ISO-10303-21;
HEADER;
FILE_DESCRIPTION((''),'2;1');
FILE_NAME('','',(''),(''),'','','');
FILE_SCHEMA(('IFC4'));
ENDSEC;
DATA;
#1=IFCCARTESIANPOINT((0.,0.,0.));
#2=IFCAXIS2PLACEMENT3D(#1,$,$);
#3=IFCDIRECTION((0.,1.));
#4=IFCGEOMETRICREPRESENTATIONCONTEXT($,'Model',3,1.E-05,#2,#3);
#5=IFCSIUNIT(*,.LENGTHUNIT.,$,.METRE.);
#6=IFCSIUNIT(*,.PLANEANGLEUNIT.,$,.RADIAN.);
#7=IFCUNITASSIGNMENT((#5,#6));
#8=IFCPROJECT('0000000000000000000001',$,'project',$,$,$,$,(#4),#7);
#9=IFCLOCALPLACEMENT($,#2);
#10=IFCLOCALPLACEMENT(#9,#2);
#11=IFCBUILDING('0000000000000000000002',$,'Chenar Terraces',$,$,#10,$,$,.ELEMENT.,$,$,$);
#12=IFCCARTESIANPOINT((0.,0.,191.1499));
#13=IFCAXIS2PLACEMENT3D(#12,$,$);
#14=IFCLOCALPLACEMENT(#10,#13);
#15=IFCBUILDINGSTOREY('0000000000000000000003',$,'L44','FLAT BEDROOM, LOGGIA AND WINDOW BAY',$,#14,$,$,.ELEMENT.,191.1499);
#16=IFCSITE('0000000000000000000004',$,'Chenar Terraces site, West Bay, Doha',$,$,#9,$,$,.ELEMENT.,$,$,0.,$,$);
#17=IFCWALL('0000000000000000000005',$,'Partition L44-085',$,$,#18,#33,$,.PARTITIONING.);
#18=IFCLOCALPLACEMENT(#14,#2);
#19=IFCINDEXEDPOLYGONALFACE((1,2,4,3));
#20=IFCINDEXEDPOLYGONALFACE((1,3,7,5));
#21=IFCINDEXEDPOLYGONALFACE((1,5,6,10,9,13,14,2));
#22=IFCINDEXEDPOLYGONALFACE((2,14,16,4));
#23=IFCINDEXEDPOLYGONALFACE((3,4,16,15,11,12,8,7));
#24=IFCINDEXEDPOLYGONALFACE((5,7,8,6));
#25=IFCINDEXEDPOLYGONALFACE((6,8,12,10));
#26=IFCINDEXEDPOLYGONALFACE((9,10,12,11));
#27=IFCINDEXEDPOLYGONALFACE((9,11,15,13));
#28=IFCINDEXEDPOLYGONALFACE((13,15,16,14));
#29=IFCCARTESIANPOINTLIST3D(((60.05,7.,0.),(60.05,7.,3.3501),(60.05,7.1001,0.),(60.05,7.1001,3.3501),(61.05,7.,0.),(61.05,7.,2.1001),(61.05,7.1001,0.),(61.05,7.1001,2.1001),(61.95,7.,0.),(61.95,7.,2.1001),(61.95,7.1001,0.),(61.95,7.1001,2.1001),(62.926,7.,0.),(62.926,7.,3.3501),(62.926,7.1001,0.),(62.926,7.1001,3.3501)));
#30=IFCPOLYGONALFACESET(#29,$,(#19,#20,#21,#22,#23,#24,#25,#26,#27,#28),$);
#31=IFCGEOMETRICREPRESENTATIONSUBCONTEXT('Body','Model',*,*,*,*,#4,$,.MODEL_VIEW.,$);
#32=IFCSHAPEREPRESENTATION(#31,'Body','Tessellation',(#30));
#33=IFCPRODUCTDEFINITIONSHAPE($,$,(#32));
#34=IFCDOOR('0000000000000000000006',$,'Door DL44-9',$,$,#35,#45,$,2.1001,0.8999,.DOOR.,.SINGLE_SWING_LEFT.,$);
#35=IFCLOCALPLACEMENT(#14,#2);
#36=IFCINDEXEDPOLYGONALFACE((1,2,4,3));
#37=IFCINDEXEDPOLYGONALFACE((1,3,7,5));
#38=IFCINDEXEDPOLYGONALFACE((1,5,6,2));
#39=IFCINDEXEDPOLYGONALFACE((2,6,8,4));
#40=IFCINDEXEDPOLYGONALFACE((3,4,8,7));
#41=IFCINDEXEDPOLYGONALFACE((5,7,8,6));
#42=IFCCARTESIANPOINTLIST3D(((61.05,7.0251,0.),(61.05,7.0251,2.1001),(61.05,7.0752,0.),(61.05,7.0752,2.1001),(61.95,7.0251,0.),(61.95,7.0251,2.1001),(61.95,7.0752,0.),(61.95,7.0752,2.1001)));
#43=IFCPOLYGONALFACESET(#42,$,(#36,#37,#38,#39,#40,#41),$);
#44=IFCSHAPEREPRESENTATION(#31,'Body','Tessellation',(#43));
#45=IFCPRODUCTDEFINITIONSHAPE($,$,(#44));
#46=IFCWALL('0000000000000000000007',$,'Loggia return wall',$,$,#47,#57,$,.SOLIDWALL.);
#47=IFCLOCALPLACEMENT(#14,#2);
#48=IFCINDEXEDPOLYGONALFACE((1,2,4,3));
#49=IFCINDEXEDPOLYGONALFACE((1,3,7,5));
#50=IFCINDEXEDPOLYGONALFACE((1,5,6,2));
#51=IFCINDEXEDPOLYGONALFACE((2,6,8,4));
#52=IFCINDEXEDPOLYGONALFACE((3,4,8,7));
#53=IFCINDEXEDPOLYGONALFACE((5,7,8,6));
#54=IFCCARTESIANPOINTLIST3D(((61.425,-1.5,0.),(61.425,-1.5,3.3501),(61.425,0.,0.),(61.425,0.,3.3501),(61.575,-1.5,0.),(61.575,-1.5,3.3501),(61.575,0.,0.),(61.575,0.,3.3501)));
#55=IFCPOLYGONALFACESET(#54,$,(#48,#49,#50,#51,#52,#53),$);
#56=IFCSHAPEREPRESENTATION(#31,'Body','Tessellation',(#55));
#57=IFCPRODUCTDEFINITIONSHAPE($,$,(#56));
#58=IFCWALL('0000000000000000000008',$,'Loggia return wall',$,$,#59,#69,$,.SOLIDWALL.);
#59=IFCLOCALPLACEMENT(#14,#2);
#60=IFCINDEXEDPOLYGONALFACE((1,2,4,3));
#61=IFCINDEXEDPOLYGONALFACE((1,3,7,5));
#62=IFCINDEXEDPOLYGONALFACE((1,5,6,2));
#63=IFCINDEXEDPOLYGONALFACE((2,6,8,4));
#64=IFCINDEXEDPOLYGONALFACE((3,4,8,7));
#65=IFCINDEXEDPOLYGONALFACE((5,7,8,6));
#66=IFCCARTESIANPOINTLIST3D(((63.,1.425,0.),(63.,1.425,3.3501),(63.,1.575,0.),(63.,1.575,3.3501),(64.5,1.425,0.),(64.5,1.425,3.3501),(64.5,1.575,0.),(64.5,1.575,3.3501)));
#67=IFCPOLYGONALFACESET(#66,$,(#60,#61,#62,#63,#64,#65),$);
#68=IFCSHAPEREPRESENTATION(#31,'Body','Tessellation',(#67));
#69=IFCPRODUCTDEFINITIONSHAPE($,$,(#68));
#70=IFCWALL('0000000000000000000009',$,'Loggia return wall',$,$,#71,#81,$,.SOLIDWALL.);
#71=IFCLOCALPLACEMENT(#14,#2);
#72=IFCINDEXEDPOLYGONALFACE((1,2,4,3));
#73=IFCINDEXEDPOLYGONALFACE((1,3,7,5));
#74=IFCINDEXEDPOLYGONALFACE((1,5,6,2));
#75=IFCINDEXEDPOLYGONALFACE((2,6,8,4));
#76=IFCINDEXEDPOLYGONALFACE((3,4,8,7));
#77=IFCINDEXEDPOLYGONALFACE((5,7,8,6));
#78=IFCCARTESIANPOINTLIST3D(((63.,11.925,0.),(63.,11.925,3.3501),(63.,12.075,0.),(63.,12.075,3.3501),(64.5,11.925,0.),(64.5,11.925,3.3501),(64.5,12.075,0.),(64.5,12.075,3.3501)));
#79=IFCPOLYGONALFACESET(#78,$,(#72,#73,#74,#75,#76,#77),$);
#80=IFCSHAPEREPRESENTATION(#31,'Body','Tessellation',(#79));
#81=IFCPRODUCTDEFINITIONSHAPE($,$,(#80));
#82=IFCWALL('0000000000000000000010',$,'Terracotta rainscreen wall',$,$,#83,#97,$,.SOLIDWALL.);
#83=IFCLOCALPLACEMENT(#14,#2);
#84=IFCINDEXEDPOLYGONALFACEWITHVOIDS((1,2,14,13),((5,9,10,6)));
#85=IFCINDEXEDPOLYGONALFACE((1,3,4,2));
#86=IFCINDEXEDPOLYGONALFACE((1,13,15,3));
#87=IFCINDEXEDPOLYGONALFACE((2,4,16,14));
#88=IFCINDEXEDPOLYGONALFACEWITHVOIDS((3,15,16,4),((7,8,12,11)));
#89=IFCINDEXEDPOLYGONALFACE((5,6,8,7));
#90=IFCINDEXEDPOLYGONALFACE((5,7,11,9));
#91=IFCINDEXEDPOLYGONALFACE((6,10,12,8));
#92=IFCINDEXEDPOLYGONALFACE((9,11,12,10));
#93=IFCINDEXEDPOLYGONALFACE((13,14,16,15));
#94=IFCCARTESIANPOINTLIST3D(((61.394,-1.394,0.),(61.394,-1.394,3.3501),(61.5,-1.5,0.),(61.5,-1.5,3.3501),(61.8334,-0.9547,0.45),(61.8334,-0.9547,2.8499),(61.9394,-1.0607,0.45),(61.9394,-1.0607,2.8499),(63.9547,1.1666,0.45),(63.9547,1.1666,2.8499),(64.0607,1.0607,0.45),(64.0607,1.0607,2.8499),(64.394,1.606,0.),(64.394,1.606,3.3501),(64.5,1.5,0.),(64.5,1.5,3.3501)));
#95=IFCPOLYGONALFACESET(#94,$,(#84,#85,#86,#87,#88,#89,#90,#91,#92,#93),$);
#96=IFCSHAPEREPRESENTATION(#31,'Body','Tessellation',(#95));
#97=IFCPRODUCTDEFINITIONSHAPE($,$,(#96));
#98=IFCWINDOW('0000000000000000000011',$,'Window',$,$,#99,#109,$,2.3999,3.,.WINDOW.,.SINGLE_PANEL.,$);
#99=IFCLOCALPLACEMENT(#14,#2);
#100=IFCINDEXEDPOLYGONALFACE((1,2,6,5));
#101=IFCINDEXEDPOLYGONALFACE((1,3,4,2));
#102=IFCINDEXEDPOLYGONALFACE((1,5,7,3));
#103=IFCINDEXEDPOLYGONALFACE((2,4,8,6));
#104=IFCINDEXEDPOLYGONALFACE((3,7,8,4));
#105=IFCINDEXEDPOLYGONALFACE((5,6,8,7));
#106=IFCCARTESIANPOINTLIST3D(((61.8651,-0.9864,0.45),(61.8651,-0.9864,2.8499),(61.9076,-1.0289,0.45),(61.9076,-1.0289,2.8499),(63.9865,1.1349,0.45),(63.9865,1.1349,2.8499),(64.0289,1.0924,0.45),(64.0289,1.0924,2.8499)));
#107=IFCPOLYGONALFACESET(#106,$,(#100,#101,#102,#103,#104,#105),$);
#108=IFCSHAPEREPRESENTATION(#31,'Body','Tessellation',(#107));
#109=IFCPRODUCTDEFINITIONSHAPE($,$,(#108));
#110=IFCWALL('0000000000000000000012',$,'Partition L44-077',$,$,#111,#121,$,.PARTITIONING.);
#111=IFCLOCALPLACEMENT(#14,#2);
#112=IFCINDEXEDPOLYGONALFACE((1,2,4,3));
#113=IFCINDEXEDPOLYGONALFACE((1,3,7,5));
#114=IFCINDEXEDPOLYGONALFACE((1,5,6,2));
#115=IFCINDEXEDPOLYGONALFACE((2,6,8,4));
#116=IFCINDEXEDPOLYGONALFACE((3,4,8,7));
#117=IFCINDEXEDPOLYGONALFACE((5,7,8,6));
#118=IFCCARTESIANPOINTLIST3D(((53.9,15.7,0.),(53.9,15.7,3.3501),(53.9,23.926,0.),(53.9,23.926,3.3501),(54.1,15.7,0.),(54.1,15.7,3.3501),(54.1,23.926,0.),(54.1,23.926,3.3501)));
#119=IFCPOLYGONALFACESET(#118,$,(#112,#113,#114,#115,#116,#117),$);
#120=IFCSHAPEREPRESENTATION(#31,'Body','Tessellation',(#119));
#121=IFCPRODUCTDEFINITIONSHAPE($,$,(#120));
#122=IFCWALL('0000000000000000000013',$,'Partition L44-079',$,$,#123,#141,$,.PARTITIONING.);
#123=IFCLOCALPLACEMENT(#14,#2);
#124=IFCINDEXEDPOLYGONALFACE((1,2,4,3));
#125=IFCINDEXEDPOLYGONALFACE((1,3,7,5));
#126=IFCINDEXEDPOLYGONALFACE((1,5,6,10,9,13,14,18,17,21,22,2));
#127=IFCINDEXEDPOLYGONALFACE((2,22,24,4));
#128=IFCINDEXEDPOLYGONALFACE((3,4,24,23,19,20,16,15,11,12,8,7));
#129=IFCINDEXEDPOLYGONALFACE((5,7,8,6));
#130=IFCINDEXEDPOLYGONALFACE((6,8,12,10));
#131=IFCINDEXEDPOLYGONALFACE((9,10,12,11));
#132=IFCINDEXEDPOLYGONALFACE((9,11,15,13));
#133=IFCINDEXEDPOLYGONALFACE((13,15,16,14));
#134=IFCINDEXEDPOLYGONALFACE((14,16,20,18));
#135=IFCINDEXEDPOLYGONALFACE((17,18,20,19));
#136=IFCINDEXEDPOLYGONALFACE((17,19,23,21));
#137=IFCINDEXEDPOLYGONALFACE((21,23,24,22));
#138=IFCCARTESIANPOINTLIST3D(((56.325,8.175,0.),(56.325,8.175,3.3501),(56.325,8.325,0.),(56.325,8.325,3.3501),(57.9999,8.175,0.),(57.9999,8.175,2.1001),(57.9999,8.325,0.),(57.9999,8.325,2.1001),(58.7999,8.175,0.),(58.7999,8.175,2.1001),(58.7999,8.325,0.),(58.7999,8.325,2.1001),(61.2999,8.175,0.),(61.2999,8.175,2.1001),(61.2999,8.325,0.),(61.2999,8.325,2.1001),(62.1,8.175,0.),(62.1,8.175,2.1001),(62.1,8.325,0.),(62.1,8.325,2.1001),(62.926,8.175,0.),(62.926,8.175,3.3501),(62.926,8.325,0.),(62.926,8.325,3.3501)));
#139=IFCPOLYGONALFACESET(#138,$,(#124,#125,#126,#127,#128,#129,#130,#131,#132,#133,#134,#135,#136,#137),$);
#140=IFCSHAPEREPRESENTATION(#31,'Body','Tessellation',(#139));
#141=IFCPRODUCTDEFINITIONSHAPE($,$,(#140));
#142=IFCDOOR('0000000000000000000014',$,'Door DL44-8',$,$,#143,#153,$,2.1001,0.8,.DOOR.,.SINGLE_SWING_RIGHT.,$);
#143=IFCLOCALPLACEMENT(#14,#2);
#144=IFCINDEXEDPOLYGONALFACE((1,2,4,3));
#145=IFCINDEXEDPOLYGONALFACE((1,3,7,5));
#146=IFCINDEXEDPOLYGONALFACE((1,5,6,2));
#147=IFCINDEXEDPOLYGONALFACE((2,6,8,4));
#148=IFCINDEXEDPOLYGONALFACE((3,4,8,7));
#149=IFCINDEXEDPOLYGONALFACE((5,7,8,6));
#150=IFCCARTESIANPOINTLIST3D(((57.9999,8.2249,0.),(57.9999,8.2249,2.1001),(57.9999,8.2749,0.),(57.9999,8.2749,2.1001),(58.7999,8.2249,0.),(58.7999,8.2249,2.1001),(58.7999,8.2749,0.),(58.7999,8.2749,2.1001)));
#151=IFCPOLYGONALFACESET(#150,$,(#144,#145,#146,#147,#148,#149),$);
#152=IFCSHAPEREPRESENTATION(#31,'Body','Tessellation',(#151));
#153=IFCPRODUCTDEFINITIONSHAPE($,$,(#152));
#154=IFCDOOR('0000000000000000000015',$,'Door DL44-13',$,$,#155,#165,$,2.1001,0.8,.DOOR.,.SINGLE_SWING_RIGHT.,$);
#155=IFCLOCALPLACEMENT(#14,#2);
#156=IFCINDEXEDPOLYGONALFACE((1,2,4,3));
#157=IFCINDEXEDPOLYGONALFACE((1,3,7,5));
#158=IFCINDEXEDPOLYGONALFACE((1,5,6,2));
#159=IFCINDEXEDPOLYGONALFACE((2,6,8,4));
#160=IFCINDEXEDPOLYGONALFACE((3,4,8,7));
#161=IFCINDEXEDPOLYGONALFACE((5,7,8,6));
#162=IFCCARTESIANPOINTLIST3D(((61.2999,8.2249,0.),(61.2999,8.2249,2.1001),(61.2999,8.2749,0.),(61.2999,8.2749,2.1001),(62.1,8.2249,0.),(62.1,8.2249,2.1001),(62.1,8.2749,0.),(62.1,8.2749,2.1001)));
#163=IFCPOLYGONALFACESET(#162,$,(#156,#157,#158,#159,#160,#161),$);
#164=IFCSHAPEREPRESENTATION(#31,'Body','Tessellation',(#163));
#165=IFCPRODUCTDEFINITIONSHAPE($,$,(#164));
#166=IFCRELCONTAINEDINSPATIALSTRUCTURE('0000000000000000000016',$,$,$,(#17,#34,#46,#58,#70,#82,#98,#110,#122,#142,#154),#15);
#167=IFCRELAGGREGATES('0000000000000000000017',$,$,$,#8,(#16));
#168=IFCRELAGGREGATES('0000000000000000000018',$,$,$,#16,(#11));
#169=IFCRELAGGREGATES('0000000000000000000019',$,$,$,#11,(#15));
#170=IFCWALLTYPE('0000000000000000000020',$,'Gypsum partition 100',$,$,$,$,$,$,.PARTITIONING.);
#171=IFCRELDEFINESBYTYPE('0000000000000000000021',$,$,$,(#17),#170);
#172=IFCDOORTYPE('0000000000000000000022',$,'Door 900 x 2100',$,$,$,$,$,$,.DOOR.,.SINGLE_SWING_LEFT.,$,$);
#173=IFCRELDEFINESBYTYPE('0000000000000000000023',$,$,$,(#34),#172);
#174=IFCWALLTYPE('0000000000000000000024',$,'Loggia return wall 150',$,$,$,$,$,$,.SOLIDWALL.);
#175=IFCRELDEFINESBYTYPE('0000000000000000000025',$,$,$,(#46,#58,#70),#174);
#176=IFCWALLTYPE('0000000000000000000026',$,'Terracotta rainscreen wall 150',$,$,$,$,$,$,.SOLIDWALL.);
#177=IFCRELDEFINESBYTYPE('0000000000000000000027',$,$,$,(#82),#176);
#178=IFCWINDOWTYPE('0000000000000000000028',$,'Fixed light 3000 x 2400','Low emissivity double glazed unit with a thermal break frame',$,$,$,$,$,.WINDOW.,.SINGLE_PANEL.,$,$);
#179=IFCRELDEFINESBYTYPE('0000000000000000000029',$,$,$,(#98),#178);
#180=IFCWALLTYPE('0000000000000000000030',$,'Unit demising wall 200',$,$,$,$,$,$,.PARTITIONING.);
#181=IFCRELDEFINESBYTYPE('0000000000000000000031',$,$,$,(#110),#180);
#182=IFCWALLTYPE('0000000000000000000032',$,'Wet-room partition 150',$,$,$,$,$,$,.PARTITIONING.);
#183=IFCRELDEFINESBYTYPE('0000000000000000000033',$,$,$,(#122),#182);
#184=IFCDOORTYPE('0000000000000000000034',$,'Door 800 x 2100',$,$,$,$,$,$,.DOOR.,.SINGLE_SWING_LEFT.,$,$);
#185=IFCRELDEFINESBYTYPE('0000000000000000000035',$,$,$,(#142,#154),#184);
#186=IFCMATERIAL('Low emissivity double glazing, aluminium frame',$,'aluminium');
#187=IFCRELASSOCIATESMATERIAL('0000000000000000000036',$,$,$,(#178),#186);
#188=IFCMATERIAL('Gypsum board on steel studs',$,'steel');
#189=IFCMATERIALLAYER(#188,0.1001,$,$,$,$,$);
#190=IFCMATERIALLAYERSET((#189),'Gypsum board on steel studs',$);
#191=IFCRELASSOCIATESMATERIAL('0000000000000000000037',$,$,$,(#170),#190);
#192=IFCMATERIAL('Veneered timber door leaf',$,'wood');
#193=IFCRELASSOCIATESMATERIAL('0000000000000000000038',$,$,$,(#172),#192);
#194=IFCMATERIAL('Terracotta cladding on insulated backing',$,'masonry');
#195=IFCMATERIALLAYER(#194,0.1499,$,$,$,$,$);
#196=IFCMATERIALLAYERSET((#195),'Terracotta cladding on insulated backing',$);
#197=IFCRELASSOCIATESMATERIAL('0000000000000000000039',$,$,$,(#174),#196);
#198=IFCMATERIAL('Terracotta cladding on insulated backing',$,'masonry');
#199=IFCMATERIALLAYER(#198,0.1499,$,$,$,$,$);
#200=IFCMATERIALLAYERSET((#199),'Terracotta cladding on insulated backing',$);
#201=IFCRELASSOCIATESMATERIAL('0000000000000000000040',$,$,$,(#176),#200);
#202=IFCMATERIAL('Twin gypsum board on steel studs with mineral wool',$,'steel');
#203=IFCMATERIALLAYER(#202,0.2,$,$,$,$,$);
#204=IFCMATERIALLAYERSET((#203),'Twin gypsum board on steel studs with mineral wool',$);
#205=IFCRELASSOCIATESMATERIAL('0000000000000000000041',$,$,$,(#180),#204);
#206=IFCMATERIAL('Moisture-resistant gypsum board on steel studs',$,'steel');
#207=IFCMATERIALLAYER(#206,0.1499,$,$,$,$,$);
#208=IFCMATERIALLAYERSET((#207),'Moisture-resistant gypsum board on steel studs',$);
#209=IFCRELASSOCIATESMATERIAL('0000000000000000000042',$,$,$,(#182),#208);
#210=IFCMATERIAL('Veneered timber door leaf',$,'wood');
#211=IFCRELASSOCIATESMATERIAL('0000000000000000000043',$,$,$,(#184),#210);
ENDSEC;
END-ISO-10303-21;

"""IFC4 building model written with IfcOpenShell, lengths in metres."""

from ifc_helpers import new_model, si_unit, direction, frame, frame_2d, origin, place, context, subcontext, project, spatial, rectangle, extrude, material, layer, layer_set, type_object, element, fill, save


model = new_model("IFC4")

# Units and contexts
model_context = context("Model", 3, precision=1e-05, world=origin(), true_north=direction((0.0, 1.0)))
body_context = subcontext(model_context, "Body", "Model", "MODEL_VIEW")
ifc_project = project(units=[si_unit("LENGTHUNIT", "METRE"), si_unit("PLANEANGLEUNIT", "RADIAN")], contexts=[model_context])

# Site, building, storey
site_placement = place(None, origin())
site = spatial("IfcSite", under=ifc_project, at=site_placement, Name="Chenar Terraces site, West Bay, Doha", CompositionType="ELEMENT", RefElevation=0.0)
building_placement = place(site_placement, origin())
building = spatial("IfcBuilding", under=site, at=building_placement, Name="Chenar Terraces", CompositionType="ELEMENT")
storey_placement = place(building_placement, frame((0.0, 0.0, 191.1499)))
storey = spatial("IfcBuildingStorey", under=building, at=storey_placement, Name="L44", Description="FLAT BEDROOM, LOGGIA AND WINDOW BAY", CompositionType="ELEMENT", Elevation=191.1499)

# Shared definitions
ifc_material_1 = material(Name="Low emissivity double glazing, aluminium frame", Category="aluminium")
window_type_1 = type_object("IfcWindowType", Name="Fixed light 3000 x 2400", Description="Low emissivity double glazed unit with a thermal break frame", PartitioningType="SINGLE_PANEL", PredefinedType="WINDOW", material=ifc_material_1)

# Shared definitions
ifc_material_2 = material(Name="Gypsum board on steel studs", Category="steel")
ifc_layer_1 = layer(ifc_material_2, 0.1001)
ifc_layer_set_1 = layer_set([ifc_layer_1], Name="Gypsum board on steel studs")
wall_type_1 = type_object("IfcWallType", Name="Gypsum partition 100", PredefinedType="PARTITIONING", material=ifc_layer_set_1)

# Wall, opening, door
wall_1_placement = place(storey_placement, frame((60.05, 7.05, 0.0), z_axis=(0.0, 0.0, 1.0), x_axis=(1.0, 0.0, 0.0)))
wall_1 = element("IfcWall", 1, at=wall_1_placement, inside=storey, type_object=wall_type_1, Name="Partition L44-085", PredefinedType="PARTITIONING", context=body_context, shape_type="SweptSolid", body=[
    extrude(rectangle(XDim=2.876, YDim=0.1001, at=frame_2d((1.438, 0.0))), origin(), (0.0, 0.0, 1.0), 3.3501),
])
opening_1_placement = place(wall_1_placement, frame((1.0, 0.0, 0.0)))
opening_1 = element("IfcOpeningElement", 2, at=opening_1_placement, cuts=wall_1, PredefinedType="OPENING", context=body_context, shape_type="SweptSolid", body=[
    extrude(rectangle(XDim=0.8999, YDim=2.1001, at=frame_2d((0.45, 1.05))), frame((0.0, 0.0601, 0.0), z_axis=(0.0, -1.0, 0.0), x_axis=(1.0, 0.0, 0.0)), (0.0, 0.0, 1.0), 0.1201),
])
ifc_material_3 = material(Name="Veneered timber door leaf", Category="wood")
door_type_1 = type_object("IfcDoorType", Name="Door 900 x 2100", OperationType="SINGLE_SWING_LEFT", PredefinedType="DOOR", material=ifc_material_3)
door_1_placement = place(opening_1_placement, frame((0.8999, 0.0, 0.0), z_axis=(0.0, 0.0, 1.0), x_axis=(-1.0, 0.0, 0.0)))
door_1 = element("IfcDoor", 3, at=door_1_placement, inside=storey, type_object=door_type_1, Name="Door DL44-9", OperationType="SINGLE_SWING_LEFT", OverallHeight=2.1001, OverallWidth=0.8999, PredefinedType="DOOR", context=body_context, shape_type="SweptSolid", body=[
    extrude(rectangle(XDim=0.8999, YDim=2.1001, at=frame_2d((0.45, 1.05))), frame((0.0, 0.0249, 0.0), z_axis=(0.0, -1.0, 0.0), x_axis=(1.0, 0.0, 0.0)), (0.0, 0.0, 1.0), 0.05),
])
fill(opening_1, door_1)

# Walls
ifc_material_4 = material(Name="Terracotta cladding on insulated backing", Category="masonry")
ifc_layer_2 = layer(ifc_material_4, 0.1499)
ifc_layer_set_2 = layer_set([ifc_layer_2], Name="Terracotta cladding on insulated backing")
wall_type_2 = type_object("IfcWallType", Name="Loggia return wall 150", PredefinedType="SOLIDWALL", material=ifc_layer_set_2)
for number, where, z_axis, x_axis, name in (
    (4, (61.5, -1.5, 0.0), (0.0, 0.0, 1.0), (0.0, 1.0, 0.0), "Loggia return wall"),
    (5, (64.5, 1.5, 0.0), (0.0, 0.0, 1.0), (-1.0, 0.0, 0.0), "Loggia return wall"),
    (6, (64.5, 12.0, 0.0), (0.0, 0.0, 1.0), (-1.0, 0.0, 0.0), "Loggia return wall"),
):
    element("IfcWall", number, at=place(storey_placement, frame(where, z_axis=z_axis, x_axis=x_axis)), inside=storey, type_object=wall_type_2, Name=name, PredefinedType="SOLIDWALL", context=body_context, shape_type="SweptSolid", body=[
        extrude(rectangle(XDim=1.5, YDim=0.1499, at=frame_2d((0.75, 0.0))), origin(), (0.0, 0.0, 1.0), 3.3501),
    ])

# Wall, opening, window
ifc_material_5 = material(Name="Terracotta cladding on insulated backing", Category="masonry")
ifc_layer_3 = layer(ifc_material_5, 0.1499)
ifc_layer_set_3 = layer_set([ifc_layer_3], Name="Terracotta cladding on insulated backing")
wall_type_3 = type_object("IfcWallType", Name="Terracotta rainscreen wall 150", PredefinedType="SOLIDWALL", material=ifc_layer_set_3)
wall_2_placement = place(storey_placement, frame((61.447, -1.447, 0.0), z_axis=(0.0, 0.0, 1.0), x_axis=(0.707107, 0.707107, 0.0)))
wall_2 = element("IfcWall", 7, at=wall_2_placement, inside=storey, type_object=wall_type_3, Name="Terracotta rainscreen wall", PredefinedType="SOLIDWALL", context=body_context, shape_type="SweptSolid", body=[
    extrude(rectangle(XDim=4.2427, YDim=0.1499, at=frame_2d((2.1213, 0.0))), origin(), (0.0, 0.0, 1.0), 3.3501),
])
opening_2_placement = place(wall_2_placement, frame((0.6213, 0.0, 0.45)))
opening_2 = element("IfcOpeningElement", 8, at=opening_2_placement, cuts=wall_2, PredefinedType="OPENING", context=body_context, shape_type="SweptSolid", body=[
    extrude(rectangle(XDim=3.0, YDim=2.3999, at=frame_2d((1.5, 1.2))), frame((0.0, 0.085, 0.0), z_axis=(0.0, -1.0, 0.0), x_axis=(1.0, 0.0, 0.0)), (0.0, 0.0, 1.0), 0.1699),
])
window_1_placement = place(opening_2_placement, origin())
window_1 = element("IfcWindow", 9, at=window_1_placement, inside=storey, type_object=window_type_1, Name="Window", OverallHeight=2.3999, OverallWidth=3.0, PartitioningType="SINGLE_PANEL", PredefinedType="WINDOW", context=body_context, shape_type="SweptSolid", body=[
    extrude(rectangle(XDim=3.0, YDim=2.3999, at=frame_2d((1.5, 1.2))), frame((0.0, 0.03, 0.0), z_axis=(0.0, -1.0, 0.0), x_axis=(1.0, 0.0, 0.0)), (0.0, 0.0, 1.0), 0.0601),
])
fill(opening_2, window_1)

# Wall
ifc_material_6 = material(Name="Twin gypsum board on steel studs with mineral wool", Category="steel")
ifc_layer_4 = layer(ifc_material_6, 0.2)
ifc_layer_set_4 = layer_set([ifc_layer_4], Name="Twin gypsum board on steel studs with mineral wool")
wall_type_4 = type_object("IfcWallType", Name="Unit demising wall 200", PredefinedType="PARTITIONING", material=ifc_layer_set_4)
wall_3_placement = place(storey_placement, frame((54.0, 15.7, 0.0), z_axis=(0.0, 0.0, 1.0), x_axis=(0.0, 1.0, 0.0)))
element("IfcWall", 10, at=wall_3_placement, inside=storey, type_object=wall_type_4, Name="Partition L44-077", PredefinedType="PARTITIONING", context=body_context, shape_type="SweptSolid", body=[
    extrude(rectangle(XDim=8.2261, YDim=0.2, at=frame_2d((4.113, 0.0))), origin(), (0.0, 0.0, 1.0), 3.3501),
])

# Wall, openings, doors
ifc_material_7 = material(Name="Moisture-resistant gypsum board on steel studs", Category="steel")
ifc_layer_5 = layer(ifc_material_7, 0.1499)
ifc_layer_set_5 = layer_set([ifc_layer_5], Name="Moisture-resistant gypsum board on steel studs")
wall_type_5 = type_object("IfcWallType", Name="Wet-room partition 150", PredefinedType="PARTITIONING", material=ifc_layer_set_5)
wall_4_placement = place(storey_placement, frame((56.325, 8.25, 0.0), z_axis=(0.0, 0.0, 1.0), x_axis=(1.0, 0.0, 0.0)))
wall_4 = element("IfcWall", 11, at=wall_4_placement, inside=storey, type_object=wall_type_5, Name="Partition L44-079", PredefinedType="PARTITIONING", context=body_context, shape_type="SweptSolid", body=[
    extrude(rectangle(XDim=6.6011, YDim=0.1499, at=frame_2d((3.3005, 0.0))), origin(), (0.0, 0.0, 1.0), 3.3501),
])
opening_3_placement = place(wall_4_placement, frame((1.675, 0.0, 0.0)))
opening_3 = element("IfcOpeningElement", 12, at=opening_3_placement, cuts=wall_4, PredefinedType="OPENING", context=body_context, shape_type="SweptSolid", body=[
    extrude(rectangle(XDim=0.8, YDim=2.1001, at=frame_2d((0.3999, 1.05))), frame((0.0, 0.085, 0.0), z_axis=(0.0, -1.0, 0.0), x_axis=(1.0, 0.0, 0.0)), (0.0, 0.0, 1.0), 0.1699),
])
opening_4_placement = place(wall_4_placement, frame((4.9751, 0.0, 0.0)))
opening_4 = element("IfcOpeningElement", 13, at=opening_4_placement, cuts=wall_4, PredefinedType="OPENING", context=body_context, shape_type="SweptSolid", body=[
    extrude(rectangle(XDim=0.8, YDim=2.1001, at=frame_2d((0.3999, 1.05))), frame((0.0, 0.085, 0.0), z_axis=(0.0, -1.0, 0.0), x_axis=(1.0, 0.0, 0.0)), (0.0, 0.0, 1.0), 0.1699),
])
ifc_material_8 = material(Name="Veneered timber door leaf", Category="wood")
door_type_2 = type_object("IfcDoorType", Name="Door 800 x 2100", OperationType="SINGLE_SWING_LEFT", PredefinedType="DOOR", material=ifc_material_8)
door_2_placement = place(opening_3_placement, origin())
door_2 = element("IfcDoor", 14, at=door_2_placement, inside=storey, type_object=door_type_2, Name="Door DL44-8", OperationType="SINGLE_SWING_RIGHT", OverallHeight=2.1001, OverallWidth=0.8, PredefinedType="DOOR", context=body_context, shape_type="SweptSolid", body=[
    extrude(rectangle(XDim=0.8, YDim=2.1001, at=frame_2d((0.3999, 1.05))), frame((0.0, 0.0249, 0.0), z_axis=(0.0, -1.0, 0.0), x_axis=(1.0, 0.0, 0.0)), (0.0, 0.0, 1.0), 0.05),
])
fill(opening_3, door_2)
door_3_placement = place(opening_4_placement, origin())
door_3 = element("IfcDoor", 15, at=door_3_placement, inside=storey, type_object=door_type_2, Name="Door DL44-13", OperationType="SINGLE_SWING_RIGHT", OverallHeight=2.1001, OverallWidth=0.8, PredefinedType="DOOR", context=body_context, shape_type="SweptSolid", body=[
    extrude(rectangle(XDim=0.8, YDim=2.1001, at=frame_2d((0.3999, 1.05))), frame((0.0, 0.0249, 0.0), z_axis=(0.0, -1.0, 0.0), x_axis=(1.0, 0.0, 0.0)), (0.0, 0.0, 1.0), 0.05),
])
fill(opening_4, door_3)

save(model, "model.ifc")
